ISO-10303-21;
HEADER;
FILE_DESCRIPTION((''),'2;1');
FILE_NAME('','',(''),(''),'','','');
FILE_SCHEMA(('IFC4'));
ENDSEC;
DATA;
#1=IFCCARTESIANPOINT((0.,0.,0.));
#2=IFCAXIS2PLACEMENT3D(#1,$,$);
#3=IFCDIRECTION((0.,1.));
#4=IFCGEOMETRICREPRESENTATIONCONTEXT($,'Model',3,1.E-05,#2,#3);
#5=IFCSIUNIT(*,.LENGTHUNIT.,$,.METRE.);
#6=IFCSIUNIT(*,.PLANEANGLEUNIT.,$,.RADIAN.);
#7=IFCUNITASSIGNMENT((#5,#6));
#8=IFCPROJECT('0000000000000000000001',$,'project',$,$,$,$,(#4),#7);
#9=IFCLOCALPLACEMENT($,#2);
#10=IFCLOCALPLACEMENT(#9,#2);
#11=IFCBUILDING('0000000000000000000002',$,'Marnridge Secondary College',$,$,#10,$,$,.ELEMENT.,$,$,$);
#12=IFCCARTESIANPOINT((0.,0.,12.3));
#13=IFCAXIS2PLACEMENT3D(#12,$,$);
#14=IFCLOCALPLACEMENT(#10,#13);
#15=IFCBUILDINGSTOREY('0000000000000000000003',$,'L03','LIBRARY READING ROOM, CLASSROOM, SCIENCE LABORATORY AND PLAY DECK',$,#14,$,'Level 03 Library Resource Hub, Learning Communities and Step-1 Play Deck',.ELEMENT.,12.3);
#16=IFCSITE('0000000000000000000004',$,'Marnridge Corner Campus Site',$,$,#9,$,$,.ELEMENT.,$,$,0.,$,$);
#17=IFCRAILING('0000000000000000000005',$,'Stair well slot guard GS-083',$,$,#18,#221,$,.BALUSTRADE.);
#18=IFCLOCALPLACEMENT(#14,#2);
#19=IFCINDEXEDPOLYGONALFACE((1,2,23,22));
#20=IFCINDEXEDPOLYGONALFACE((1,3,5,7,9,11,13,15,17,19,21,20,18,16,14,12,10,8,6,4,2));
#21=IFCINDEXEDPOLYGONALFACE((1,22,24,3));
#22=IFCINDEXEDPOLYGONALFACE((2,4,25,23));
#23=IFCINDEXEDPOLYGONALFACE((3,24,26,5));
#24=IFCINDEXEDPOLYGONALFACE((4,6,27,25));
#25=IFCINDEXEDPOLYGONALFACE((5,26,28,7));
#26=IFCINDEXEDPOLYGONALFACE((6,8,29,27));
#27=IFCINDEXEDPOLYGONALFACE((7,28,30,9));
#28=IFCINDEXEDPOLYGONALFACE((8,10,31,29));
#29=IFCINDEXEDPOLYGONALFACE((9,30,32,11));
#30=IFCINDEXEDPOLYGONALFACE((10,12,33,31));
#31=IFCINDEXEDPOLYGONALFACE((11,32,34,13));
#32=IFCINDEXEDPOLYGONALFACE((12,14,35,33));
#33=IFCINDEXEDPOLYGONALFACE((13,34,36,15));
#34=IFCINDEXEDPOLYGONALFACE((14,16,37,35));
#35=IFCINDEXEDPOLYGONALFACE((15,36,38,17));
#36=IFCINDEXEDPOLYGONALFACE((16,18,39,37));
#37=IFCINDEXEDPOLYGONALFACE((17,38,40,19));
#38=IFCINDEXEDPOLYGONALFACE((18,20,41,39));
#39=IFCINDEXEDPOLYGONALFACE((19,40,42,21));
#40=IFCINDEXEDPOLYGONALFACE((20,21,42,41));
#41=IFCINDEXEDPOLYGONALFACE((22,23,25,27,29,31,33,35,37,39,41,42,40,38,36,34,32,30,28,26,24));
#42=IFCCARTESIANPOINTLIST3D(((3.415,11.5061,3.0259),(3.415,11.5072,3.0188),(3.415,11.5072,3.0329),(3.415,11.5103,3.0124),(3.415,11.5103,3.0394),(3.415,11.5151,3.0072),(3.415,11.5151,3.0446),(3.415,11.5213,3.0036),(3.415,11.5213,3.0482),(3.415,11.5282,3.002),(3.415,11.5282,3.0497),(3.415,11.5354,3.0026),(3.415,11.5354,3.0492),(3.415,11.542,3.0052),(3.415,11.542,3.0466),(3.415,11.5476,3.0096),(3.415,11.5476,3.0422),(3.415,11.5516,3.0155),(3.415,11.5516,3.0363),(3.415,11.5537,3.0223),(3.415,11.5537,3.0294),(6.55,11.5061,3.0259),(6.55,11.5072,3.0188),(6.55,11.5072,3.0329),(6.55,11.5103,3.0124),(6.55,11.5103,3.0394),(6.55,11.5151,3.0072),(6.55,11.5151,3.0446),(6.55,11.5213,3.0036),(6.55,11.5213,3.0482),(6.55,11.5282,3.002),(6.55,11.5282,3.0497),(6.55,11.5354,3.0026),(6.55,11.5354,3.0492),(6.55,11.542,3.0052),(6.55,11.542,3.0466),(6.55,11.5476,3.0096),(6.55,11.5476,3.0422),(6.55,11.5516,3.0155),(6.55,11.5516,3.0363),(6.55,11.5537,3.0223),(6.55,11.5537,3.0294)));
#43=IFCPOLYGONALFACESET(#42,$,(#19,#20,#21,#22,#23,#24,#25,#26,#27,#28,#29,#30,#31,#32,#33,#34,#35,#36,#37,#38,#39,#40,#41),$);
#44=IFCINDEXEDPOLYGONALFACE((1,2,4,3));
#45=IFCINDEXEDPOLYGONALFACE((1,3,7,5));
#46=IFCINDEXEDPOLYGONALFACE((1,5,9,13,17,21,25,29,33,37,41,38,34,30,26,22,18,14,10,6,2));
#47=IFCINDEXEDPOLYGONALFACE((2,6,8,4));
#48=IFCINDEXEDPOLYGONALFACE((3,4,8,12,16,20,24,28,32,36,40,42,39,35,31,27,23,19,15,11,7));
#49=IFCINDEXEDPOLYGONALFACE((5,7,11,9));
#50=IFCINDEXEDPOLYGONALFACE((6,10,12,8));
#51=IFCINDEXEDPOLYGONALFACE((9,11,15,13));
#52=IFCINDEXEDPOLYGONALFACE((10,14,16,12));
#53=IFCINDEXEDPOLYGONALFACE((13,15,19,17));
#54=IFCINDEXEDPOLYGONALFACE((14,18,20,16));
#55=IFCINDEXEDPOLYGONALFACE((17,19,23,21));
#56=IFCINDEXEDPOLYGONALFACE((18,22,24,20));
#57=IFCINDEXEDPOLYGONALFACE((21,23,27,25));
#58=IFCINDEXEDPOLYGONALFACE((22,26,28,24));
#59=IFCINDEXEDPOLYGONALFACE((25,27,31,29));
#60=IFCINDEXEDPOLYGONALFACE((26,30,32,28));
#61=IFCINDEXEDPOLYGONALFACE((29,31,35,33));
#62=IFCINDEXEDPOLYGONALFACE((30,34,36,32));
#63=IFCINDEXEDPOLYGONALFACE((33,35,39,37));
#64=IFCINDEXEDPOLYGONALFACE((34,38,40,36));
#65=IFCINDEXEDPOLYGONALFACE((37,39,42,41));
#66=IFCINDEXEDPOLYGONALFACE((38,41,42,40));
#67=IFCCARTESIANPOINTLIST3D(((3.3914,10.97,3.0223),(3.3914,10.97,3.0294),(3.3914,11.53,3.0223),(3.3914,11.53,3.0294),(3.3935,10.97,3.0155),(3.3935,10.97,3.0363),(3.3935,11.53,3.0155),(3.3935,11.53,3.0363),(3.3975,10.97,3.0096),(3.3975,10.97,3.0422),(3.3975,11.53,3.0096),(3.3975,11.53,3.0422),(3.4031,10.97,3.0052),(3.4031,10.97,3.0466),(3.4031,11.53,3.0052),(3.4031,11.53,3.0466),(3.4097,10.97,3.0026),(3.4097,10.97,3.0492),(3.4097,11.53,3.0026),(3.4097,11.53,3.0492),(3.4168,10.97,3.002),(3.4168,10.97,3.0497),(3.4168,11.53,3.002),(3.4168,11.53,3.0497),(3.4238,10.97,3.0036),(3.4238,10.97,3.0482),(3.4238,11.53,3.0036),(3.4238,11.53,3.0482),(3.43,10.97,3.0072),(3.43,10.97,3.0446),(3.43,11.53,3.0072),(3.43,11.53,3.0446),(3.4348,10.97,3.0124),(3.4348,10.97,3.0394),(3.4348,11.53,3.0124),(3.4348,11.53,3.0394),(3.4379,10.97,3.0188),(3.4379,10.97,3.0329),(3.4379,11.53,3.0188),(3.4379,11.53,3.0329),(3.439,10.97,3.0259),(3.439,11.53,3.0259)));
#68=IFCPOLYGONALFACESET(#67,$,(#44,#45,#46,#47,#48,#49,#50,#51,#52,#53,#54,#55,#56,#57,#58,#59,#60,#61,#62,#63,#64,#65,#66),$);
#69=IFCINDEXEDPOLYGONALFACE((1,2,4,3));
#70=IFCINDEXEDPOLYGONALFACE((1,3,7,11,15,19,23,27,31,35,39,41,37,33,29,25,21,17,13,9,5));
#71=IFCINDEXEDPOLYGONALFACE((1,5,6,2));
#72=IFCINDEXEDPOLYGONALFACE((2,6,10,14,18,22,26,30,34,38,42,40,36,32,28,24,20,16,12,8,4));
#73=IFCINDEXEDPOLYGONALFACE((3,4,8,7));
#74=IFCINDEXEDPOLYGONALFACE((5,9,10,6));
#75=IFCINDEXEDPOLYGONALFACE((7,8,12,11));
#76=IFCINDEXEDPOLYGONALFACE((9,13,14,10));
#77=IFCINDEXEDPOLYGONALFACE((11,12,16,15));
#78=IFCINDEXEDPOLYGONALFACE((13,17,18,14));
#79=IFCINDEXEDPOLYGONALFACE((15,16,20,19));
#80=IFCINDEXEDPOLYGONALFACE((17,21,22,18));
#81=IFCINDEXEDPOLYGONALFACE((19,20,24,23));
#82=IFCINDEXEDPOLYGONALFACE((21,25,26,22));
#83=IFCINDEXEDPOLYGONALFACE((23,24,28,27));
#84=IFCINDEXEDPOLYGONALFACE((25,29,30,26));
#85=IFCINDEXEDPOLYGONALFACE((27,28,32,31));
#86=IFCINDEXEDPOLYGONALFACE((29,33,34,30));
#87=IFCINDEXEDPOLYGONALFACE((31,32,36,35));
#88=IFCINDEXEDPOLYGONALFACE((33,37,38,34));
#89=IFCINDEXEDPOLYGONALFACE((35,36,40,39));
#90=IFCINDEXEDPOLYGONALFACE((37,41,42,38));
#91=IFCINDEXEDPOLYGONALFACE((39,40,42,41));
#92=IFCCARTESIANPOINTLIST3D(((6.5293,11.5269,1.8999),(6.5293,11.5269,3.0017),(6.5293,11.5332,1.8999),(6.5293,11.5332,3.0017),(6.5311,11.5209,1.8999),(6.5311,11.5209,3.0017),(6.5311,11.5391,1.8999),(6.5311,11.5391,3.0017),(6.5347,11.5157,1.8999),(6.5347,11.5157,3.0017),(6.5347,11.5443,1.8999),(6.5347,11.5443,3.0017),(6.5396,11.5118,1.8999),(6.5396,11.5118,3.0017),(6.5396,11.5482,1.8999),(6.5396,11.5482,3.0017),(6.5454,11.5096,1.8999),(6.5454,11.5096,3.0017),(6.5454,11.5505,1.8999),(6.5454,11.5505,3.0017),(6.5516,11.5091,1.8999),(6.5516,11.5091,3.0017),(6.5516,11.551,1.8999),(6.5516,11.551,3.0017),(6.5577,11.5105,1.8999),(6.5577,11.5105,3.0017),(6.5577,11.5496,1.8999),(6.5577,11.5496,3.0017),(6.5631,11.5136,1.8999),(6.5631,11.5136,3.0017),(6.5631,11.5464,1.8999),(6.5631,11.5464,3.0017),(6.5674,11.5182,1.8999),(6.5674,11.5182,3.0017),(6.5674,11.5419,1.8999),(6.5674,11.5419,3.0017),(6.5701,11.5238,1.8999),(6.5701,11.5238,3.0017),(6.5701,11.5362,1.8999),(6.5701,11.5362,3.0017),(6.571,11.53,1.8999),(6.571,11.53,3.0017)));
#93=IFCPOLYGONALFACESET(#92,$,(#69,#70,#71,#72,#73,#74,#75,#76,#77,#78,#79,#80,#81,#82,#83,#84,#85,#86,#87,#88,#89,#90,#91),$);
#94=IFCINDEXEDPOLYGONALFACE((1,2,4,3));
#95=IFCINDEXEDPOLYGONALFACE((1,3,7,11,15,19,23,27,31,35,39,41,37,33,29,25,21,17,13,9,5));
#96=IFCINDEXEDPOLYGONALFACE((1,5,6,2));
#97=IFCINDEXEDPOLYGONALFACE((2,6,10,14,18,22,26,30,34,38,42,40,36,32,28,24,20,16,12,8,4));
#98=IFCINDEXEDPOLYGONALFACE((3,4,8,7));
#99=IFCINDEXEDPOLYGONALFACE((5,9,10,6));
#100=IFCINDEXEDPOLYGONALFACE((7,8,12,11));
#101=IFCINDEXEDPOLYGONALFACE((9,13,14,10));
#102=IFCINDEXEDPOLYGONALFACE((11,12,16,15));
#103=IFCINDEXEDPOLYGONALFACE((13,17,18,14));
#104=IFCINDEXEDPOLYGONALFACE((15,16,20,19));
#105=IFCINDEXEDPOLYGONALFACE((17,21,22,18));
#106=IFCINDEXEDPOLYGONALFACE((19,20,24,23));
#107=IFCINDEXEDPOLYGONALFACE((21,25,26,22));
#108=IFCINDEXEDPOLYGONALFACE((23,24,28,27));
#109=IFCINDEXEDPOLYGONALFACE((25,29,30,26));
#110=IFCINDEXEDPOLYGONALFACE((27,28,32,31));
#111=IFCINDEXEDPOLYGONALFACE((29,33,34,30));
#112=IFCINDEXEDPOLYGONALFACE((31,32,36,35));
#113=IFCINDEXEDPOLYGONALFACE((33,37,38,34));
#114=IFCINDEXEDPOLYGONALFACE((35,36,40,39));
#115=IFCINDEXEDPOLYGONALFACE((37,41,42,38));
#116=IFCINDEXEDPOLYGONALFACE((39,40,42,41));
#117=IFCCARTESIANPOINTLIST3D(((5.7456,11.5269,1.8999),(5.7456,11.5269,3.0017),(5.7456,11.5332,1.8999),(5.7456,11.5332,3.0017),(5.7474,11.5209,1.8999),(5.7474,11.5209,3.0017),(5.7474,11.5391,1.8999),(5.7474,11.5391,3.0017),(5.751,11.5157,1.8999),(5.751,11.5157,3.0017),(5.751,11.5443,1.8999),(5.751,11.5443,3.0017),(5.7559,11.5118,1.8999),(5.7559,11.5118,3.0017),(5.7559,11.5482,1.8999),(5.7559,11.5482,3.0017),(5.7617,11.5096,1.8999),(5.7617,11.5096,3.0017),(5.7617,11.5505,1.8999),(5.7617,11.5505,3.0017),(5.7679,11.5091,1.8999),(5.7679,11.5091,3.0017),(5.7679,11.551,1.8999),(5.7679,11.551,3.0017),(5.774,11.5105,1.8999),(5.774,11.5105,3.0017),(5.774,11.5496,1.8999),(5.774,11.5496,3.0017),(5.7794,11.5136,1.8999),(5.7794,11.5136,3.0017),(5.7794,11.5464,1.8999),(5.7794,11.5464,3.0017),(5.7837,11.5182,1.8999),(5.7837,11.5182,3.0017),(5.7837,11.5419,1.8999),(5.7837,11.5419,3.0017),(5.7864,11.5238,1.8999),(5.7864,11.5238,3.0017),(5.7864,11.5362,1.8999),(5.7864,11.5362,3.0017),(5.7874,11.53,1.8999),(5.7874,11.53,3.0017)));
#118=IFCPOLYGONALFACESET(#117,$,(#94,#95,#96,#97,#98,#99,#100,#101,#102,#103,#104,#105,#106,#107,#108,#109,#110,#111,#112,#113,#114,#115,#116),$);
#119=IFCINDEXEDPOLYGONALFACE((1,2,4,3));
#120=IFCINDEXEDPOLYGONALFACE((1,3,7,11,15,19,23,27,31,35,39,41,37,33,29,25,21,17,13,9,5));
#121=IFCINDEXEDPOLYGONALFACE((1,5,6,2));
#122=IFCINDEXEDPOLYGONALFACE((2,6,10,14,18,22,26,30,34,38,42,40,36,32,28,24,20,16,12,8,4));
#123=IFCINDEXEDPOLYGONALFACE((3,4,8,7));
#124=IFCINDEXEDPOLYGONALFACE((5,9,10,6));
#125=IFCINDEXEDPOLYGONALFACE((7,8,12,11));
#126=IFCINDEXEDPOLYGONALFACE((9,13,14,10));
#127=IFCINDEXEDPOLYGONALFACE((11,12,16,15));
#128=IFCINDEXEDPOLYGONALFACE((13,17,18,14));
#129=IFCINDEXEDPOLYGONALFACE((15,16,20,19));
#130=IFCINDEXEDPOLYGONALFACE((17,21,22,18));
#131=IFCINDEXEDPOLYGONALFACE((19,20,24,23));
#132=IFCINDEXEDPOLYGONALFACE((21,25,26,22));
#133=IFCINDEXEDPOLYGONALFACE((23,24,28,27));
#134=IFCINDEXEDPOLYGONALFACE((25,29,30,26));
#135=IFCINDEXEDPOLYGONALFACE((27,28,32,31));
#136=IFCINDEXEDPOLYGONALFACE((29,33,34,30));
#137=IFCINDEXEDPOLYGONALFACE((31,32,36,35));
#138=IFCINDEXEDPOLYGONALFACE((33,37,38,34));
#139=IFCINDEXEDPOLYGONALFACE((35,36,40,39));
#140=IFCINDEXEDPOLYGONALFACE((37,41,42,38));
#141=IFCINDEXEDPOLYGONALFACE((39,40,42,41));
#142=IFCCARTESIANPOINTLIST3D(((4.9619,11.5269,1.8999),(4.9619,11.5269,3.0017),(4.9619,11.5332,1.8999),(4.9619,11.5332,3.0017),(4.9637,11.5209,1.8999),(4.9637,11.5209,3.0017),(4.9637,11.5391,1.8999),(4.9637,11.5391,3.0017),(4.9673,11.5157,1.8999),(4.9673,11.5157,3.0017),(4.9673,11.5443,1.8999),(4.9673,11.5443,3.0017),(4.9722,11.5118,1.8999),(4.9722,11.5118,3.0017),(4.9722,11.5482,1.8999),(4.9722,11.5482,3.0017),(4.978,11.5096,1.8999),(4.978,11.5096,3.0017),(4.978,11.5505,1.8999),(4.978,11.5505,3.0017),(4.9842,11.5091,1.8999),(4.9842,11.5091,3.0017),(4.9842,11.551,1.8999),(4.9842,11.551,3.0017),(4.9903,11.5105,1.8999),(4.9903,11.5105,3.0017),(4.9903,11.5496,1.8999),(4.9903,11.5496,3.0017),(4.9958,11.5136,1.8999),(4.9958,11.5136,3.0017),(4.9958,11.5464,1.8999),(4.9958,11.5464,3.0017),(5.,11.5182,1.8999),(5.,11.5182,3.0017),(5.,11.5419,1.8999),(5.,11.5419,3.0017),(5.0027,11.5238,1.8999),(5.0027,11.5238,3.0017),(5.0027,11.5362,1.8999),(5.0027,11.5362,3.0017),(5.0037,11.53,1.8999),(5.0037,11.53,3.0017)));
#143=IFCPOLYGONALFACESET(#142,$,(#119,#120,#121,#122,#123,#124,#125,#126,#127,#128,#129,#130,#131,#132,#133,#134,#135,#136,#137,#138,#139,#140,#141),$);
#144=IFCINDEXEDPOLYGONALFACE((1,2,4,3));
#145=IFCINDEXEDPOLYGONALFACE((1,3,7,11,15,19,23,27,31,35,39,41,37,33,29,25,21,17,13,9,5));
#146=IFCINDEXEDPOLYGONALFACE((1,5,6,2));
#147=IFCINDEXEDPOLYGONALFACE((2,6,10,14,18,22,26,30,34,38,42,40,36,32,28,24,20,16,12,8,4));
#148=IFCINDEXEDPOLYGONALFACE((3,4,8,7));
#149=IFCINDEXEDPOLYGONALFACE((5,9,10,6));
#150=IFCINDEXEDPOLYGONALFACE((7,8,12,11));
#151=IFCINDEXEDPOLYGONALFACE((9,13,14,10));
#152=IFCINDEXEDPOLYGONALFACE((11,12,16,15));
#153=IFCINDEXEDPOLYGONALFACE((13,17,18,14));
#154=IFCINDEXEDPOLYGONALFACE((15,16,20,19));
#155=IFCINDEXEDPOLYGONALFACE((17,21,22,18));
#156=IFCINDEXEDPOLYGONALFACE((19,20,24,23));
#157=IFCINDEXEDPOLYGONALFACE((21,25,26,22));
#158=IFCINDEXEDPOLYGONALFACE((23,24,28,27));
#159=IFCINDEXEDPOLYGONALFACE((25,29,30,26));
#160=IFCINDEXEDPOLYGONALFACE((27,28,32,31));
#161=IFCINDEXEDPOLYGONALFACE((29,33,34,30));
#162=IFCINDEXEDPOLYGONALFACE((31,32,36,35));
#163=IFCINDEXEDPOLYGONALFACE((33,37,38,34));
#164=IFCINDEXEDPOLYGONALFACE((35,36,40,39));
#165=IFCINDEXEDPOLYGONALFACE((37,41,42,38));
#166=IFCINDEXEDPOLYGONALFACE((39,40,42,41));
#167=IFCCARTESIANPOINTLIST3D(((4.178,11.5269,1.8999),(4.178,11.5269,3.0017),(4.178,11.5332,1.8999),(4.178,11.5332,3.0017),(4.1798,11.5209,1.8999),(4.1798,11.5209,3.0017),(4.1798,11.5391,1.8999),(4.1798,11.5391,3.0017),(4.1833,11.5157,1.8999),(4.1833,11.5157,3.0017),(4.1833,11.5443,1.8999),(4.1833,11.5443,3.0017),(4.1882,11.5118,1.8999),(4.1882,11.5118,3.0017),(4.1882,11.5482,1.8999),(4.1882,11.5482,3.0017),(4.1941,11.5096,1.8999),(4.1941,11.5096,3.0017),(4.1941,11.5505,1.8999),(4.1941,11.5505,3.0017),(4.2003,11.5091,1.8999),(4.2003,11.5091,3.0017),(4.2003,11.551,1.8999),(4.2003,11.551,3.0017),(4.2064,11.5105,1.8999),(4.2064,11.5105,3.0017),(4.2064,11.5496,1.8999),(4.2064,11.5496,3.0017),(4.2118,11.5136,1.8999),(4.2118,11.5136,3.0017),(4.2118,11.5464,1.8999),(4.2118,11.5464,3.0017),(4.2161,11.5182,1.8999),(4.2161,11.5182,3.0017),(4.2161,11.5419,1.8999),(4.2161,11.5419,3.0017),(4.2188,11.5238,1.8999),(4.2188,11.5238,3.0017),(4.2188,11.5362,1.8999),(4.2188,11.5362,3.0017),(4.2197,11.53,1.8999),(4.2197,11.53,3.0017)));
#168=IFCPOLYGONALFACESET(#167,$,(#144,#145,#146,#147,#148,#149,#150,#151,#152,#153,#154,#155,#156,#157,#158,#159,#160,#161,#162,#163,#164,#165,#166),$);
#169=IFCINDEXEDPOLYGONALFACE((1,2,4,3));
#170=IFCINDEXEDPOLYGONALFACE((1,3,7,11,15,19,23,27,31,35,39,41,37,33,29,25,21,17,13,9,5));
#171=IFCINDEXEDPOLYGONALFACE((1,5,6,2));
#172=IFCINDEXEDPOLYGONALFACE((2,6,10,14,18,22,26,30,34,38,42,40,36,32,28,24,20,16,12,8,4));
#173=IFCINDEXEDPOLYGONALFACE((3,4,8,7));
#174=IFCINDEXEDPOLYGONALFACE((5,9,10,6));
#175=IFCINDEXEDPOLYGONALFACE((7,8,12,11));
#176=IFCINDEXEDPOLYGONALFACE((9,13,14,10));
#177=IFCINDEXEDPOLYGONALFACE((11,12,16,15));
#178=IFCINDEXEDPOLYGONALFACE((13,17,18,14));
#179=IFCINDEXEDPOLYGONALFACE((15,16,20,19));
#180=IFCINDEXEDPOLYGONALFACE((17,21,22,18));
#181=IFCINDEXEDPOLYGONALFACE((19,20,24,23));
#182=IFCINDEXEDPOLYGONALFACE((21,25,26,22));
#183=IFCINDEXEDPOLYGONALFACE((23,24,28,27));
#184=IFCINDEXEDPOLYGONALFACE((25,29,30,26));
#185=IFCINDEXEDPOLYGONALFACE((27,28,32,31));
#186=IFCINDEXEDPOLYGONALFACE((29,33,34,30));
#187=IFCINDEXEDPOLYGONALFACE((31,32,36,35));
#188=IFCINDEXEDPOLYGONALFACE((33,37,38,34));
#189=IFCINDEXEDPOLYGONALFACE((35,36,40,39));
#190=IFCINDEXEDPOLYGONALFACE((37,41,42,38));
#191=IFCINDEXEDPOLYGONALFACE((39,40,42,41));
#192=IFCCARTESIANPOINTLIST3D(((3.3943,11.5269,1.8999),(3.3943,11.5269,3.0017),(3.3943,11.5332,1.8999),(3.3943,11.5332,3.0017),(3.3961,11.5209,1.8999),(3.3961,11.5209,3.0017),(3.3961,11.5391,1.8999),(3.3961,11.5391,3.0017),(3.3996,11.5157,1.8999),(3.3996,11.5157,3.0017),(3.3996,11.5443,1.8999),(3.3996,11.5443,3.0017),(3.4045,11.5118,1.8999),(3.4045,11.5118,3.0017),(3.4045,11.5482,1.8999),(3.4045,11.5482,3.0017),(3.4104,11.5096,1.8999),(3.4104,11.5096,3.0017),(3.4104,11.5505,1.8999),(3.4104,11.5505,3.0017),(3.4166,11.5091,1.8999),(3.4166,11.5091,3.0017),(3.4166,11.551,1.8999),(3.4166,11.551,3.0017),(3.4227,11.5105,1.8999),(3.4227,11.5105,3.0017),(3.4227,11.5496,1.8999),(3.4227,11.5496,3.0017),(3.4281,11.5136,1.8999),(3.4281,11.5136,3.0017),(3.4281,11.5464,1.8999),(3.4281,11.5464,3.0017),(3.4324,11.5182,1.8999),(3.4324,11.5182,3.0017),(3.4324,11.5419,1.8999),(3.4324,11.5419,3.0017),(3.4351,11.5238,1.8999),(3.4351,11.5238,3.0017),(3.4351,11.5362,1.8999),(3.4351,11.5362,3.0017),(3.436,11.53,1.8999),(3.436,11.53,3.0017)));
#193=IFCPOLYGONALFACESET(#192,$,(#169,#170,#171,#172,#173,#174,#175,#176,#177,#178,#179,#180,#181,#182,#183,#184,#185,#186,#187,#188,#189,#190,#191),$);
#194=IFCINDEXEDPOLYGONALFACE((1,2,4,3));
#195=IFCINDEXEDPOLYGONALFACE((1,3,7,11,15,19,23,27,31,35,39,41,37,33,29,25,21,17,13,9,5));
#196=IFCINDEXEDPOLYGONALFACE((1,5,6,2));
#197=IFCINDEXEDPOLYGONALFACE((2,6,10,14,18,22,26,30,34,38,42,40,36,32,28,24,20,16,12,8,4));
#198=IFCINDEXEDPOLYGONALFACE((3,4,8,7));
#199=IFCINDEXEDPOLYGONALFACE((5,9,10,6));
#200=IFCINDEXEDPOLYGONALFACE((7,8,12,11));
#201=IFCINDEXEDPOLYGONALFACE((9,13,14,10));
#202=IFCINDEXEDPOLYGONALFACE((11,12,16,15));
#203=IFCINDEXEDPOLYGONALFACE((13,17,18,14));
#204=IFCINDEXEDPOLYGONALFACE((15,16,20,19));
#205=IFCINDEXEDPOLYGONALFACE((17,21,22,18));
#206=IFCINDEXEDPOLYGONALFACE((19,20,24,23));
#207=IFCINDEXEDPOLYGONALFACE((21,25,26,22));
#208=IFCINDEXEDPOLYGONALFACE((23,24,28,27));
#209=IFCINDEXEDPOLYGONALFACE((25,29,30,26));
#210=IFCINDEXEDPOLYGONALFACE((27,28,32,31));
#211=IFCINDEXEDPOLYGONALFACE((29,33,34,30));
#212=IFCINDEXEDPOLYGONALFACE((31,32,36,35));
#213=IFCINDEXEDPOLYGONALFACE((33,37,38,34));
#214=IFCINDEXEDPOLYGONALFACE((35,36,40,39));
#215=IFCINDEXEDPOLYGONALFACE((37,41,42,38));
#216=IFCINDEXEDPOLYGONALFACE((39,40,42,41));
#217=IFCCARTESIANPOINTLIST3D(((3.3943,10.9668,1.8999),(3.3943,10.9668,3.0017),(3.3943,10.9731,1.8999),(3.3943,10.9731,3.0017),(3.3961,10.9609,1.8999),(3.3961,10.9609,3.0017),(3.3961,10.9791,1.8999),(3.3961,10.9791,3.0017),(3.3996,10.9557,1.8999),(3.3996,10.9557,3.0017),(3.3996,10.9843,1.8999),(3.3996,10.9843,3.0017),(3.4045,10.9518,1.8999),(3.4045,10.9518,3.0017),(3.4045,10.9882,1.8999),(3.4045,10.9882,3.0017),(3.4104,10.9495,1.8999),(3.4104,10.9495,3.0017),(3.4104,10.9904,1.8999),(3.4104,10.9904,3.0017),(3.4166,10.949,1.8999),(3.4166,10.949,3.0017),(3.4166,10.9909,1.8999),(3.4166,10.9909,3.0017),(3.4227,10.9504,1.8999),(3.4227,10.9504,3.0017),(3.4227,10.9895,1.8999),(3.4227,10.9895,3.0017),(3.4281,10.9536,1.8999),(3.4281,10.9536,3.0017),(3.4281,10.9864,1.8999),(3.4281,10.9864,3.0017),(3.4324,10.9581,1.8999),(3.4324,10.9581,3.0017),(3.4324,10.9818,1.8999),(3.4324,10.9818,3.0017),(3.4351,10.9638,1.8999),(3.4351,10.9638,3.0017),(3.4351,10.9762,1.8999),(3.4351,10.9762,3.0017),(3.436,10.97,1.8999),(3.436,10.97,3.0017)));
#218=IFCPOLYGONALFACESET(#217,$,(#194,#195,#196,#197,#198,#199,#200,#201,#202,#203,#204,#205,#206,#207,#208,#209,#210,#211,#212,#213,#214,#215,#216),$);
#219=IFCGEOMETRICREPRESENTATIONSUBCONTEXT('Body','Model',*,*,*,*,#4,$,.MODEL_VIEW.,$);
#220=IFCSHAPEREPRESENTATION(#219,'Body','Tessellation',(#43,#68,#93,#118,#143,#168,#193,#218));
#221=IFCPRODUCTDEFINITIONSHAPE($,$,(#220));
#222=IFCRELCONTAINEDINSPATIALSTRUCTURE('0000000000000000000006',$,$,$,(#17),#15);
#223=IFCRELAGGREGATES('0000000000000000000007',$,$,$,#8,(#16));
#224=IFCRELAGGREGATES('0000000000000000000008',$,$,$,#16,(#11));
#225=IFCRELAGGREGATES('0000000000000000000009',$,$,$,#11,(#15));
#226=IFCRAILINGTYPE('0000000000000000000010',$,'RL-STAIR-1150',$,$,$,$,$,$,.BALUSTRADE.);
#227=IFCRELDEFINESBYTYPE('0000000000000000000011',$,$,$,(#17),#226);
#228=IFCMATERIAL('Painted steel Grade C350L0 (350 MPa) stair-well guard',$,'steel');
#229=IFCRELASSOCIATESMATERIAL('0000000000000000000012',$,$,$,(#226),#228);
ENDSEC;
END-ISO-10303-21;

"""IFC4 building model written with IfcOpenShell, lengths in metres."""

from ifc_helpers import new_model, si_unit, direction, frame, origin, origin_2d, place, context, subcontext, project, spatial, circle, extrude, material, type_object, element, save


model = new_model("IFC4")

# Units and contexts
model_context = context("Model", 3, precision=1e-05, world=origin(), true_north=direction((0.0, 1.0)))
body_context = subcontext(model_context, "Body", "Model", "MODEL_VIEW")
ifc_project = project(units=[si_unit("LENGTHUNIT", "METRE"), si_unit("PLANEANGLEUNIT", "RADIAN")], contexts=[model_context])

# Site, building, storey
site_placement = place(None, origin())
site = spatial("IfcSite", under=ifc_project, at=site_placement, Name="Marnridge Corner Campus Site", CompositionType="ELEMENT", RefElevation=0.0)
building_placement = place(site_placement, origin())
building = spatial("IfcBuilding", under=site, at=building_placement, Name="Marnridge Secondary College", CompositionType="ELEMENT")
storey_placement = place(building_placement, frame((0.0, 0.0, 12.3)))
storey = spatial("IfcBuildingStorey", under=building, at=storey_placement, Name="L03", Description="LIBRARY READING ROOM, CLASSROOM, SCIENCE LABORATORY AND PLAY DECK", LongName="Level 03 Library Resource Hub, Learning Communities and Step-1 Play Deck", CompositionType="ELEMENT", Elevation=12.3)

# Railing
ifc_material_1 = material(Name="Painted steel Grade C350L0 (350 MPa) stair-well guard", Category="steel")
railing_type_1 = type_object("IfcRailingType", Name="RL-STAIR-1150", PredefinedType="BALUSTRADE", material=ifc_material_1)
railing_1_placement = place(storey_placement, frame((6.55, 11.53, 1.8999)))
element("IfcRailing", 1, at=railing_1_placement, inside=storey, type_object=railing_type_1, Name="Stair well slot guard GS-083", PredefinedType="BALUSTRADE", context=body_context, shape_type="SweptSolid", body=[
    extrude(circle(Radius=0.0239, at=origin_2d()), frame((0.0, 0.0, 1.126), z_axis=(-1.0, 0.0, 0.0), x_axis=(0.0, -1.0, 0.0)), (0.0, 0.0, 1.0), 3.135),
    extrude(circle(Radius=0.0239, at=origin_2d()), frame((-3.135, 0.0, 1.126), z_axis=(0.0, -1.0, 0.0), x_axis=(1.0, 0.0, 0.0)), (0.0, 0.0, 1.0), 0.5601),
    extrude(circle(Radius=0.021, at=origin_2d()), origin(), (0.0, 0.0, 1.0), 1.1018),
    extrude(circle(Radius=0.021, at=origin_2d()), frame((-0.7837, 0.0, 0.0)), (0.0, 0.0, 1.0), 1.1018),
    extrude(circle(Radius=0.021, at=origin_2d()), frame((-1.5674, 0.0, 0.0)), (0.0, 0.0, 1.0), 1.1018),
    extrude(circle(Radius=0.021, at=origin_2d()), frame((-2.3513, 0.0, 0.0)), (0.0, 0.0, 1.0), 1.1018),
    extrude(circle(Radius=0.021, at=origin_2d()), frame((-3.135, 0.0, 0.0)), (0.0, 0.0, 1.0), 1.1018),
    extrude(circle(Radius=0.021, at=origin_2d()), frame((-3.135, -0.5601, 0.0)), (0.0, 0.0, 1.0), 1.1018),
])

save(model, "model.ifc")
